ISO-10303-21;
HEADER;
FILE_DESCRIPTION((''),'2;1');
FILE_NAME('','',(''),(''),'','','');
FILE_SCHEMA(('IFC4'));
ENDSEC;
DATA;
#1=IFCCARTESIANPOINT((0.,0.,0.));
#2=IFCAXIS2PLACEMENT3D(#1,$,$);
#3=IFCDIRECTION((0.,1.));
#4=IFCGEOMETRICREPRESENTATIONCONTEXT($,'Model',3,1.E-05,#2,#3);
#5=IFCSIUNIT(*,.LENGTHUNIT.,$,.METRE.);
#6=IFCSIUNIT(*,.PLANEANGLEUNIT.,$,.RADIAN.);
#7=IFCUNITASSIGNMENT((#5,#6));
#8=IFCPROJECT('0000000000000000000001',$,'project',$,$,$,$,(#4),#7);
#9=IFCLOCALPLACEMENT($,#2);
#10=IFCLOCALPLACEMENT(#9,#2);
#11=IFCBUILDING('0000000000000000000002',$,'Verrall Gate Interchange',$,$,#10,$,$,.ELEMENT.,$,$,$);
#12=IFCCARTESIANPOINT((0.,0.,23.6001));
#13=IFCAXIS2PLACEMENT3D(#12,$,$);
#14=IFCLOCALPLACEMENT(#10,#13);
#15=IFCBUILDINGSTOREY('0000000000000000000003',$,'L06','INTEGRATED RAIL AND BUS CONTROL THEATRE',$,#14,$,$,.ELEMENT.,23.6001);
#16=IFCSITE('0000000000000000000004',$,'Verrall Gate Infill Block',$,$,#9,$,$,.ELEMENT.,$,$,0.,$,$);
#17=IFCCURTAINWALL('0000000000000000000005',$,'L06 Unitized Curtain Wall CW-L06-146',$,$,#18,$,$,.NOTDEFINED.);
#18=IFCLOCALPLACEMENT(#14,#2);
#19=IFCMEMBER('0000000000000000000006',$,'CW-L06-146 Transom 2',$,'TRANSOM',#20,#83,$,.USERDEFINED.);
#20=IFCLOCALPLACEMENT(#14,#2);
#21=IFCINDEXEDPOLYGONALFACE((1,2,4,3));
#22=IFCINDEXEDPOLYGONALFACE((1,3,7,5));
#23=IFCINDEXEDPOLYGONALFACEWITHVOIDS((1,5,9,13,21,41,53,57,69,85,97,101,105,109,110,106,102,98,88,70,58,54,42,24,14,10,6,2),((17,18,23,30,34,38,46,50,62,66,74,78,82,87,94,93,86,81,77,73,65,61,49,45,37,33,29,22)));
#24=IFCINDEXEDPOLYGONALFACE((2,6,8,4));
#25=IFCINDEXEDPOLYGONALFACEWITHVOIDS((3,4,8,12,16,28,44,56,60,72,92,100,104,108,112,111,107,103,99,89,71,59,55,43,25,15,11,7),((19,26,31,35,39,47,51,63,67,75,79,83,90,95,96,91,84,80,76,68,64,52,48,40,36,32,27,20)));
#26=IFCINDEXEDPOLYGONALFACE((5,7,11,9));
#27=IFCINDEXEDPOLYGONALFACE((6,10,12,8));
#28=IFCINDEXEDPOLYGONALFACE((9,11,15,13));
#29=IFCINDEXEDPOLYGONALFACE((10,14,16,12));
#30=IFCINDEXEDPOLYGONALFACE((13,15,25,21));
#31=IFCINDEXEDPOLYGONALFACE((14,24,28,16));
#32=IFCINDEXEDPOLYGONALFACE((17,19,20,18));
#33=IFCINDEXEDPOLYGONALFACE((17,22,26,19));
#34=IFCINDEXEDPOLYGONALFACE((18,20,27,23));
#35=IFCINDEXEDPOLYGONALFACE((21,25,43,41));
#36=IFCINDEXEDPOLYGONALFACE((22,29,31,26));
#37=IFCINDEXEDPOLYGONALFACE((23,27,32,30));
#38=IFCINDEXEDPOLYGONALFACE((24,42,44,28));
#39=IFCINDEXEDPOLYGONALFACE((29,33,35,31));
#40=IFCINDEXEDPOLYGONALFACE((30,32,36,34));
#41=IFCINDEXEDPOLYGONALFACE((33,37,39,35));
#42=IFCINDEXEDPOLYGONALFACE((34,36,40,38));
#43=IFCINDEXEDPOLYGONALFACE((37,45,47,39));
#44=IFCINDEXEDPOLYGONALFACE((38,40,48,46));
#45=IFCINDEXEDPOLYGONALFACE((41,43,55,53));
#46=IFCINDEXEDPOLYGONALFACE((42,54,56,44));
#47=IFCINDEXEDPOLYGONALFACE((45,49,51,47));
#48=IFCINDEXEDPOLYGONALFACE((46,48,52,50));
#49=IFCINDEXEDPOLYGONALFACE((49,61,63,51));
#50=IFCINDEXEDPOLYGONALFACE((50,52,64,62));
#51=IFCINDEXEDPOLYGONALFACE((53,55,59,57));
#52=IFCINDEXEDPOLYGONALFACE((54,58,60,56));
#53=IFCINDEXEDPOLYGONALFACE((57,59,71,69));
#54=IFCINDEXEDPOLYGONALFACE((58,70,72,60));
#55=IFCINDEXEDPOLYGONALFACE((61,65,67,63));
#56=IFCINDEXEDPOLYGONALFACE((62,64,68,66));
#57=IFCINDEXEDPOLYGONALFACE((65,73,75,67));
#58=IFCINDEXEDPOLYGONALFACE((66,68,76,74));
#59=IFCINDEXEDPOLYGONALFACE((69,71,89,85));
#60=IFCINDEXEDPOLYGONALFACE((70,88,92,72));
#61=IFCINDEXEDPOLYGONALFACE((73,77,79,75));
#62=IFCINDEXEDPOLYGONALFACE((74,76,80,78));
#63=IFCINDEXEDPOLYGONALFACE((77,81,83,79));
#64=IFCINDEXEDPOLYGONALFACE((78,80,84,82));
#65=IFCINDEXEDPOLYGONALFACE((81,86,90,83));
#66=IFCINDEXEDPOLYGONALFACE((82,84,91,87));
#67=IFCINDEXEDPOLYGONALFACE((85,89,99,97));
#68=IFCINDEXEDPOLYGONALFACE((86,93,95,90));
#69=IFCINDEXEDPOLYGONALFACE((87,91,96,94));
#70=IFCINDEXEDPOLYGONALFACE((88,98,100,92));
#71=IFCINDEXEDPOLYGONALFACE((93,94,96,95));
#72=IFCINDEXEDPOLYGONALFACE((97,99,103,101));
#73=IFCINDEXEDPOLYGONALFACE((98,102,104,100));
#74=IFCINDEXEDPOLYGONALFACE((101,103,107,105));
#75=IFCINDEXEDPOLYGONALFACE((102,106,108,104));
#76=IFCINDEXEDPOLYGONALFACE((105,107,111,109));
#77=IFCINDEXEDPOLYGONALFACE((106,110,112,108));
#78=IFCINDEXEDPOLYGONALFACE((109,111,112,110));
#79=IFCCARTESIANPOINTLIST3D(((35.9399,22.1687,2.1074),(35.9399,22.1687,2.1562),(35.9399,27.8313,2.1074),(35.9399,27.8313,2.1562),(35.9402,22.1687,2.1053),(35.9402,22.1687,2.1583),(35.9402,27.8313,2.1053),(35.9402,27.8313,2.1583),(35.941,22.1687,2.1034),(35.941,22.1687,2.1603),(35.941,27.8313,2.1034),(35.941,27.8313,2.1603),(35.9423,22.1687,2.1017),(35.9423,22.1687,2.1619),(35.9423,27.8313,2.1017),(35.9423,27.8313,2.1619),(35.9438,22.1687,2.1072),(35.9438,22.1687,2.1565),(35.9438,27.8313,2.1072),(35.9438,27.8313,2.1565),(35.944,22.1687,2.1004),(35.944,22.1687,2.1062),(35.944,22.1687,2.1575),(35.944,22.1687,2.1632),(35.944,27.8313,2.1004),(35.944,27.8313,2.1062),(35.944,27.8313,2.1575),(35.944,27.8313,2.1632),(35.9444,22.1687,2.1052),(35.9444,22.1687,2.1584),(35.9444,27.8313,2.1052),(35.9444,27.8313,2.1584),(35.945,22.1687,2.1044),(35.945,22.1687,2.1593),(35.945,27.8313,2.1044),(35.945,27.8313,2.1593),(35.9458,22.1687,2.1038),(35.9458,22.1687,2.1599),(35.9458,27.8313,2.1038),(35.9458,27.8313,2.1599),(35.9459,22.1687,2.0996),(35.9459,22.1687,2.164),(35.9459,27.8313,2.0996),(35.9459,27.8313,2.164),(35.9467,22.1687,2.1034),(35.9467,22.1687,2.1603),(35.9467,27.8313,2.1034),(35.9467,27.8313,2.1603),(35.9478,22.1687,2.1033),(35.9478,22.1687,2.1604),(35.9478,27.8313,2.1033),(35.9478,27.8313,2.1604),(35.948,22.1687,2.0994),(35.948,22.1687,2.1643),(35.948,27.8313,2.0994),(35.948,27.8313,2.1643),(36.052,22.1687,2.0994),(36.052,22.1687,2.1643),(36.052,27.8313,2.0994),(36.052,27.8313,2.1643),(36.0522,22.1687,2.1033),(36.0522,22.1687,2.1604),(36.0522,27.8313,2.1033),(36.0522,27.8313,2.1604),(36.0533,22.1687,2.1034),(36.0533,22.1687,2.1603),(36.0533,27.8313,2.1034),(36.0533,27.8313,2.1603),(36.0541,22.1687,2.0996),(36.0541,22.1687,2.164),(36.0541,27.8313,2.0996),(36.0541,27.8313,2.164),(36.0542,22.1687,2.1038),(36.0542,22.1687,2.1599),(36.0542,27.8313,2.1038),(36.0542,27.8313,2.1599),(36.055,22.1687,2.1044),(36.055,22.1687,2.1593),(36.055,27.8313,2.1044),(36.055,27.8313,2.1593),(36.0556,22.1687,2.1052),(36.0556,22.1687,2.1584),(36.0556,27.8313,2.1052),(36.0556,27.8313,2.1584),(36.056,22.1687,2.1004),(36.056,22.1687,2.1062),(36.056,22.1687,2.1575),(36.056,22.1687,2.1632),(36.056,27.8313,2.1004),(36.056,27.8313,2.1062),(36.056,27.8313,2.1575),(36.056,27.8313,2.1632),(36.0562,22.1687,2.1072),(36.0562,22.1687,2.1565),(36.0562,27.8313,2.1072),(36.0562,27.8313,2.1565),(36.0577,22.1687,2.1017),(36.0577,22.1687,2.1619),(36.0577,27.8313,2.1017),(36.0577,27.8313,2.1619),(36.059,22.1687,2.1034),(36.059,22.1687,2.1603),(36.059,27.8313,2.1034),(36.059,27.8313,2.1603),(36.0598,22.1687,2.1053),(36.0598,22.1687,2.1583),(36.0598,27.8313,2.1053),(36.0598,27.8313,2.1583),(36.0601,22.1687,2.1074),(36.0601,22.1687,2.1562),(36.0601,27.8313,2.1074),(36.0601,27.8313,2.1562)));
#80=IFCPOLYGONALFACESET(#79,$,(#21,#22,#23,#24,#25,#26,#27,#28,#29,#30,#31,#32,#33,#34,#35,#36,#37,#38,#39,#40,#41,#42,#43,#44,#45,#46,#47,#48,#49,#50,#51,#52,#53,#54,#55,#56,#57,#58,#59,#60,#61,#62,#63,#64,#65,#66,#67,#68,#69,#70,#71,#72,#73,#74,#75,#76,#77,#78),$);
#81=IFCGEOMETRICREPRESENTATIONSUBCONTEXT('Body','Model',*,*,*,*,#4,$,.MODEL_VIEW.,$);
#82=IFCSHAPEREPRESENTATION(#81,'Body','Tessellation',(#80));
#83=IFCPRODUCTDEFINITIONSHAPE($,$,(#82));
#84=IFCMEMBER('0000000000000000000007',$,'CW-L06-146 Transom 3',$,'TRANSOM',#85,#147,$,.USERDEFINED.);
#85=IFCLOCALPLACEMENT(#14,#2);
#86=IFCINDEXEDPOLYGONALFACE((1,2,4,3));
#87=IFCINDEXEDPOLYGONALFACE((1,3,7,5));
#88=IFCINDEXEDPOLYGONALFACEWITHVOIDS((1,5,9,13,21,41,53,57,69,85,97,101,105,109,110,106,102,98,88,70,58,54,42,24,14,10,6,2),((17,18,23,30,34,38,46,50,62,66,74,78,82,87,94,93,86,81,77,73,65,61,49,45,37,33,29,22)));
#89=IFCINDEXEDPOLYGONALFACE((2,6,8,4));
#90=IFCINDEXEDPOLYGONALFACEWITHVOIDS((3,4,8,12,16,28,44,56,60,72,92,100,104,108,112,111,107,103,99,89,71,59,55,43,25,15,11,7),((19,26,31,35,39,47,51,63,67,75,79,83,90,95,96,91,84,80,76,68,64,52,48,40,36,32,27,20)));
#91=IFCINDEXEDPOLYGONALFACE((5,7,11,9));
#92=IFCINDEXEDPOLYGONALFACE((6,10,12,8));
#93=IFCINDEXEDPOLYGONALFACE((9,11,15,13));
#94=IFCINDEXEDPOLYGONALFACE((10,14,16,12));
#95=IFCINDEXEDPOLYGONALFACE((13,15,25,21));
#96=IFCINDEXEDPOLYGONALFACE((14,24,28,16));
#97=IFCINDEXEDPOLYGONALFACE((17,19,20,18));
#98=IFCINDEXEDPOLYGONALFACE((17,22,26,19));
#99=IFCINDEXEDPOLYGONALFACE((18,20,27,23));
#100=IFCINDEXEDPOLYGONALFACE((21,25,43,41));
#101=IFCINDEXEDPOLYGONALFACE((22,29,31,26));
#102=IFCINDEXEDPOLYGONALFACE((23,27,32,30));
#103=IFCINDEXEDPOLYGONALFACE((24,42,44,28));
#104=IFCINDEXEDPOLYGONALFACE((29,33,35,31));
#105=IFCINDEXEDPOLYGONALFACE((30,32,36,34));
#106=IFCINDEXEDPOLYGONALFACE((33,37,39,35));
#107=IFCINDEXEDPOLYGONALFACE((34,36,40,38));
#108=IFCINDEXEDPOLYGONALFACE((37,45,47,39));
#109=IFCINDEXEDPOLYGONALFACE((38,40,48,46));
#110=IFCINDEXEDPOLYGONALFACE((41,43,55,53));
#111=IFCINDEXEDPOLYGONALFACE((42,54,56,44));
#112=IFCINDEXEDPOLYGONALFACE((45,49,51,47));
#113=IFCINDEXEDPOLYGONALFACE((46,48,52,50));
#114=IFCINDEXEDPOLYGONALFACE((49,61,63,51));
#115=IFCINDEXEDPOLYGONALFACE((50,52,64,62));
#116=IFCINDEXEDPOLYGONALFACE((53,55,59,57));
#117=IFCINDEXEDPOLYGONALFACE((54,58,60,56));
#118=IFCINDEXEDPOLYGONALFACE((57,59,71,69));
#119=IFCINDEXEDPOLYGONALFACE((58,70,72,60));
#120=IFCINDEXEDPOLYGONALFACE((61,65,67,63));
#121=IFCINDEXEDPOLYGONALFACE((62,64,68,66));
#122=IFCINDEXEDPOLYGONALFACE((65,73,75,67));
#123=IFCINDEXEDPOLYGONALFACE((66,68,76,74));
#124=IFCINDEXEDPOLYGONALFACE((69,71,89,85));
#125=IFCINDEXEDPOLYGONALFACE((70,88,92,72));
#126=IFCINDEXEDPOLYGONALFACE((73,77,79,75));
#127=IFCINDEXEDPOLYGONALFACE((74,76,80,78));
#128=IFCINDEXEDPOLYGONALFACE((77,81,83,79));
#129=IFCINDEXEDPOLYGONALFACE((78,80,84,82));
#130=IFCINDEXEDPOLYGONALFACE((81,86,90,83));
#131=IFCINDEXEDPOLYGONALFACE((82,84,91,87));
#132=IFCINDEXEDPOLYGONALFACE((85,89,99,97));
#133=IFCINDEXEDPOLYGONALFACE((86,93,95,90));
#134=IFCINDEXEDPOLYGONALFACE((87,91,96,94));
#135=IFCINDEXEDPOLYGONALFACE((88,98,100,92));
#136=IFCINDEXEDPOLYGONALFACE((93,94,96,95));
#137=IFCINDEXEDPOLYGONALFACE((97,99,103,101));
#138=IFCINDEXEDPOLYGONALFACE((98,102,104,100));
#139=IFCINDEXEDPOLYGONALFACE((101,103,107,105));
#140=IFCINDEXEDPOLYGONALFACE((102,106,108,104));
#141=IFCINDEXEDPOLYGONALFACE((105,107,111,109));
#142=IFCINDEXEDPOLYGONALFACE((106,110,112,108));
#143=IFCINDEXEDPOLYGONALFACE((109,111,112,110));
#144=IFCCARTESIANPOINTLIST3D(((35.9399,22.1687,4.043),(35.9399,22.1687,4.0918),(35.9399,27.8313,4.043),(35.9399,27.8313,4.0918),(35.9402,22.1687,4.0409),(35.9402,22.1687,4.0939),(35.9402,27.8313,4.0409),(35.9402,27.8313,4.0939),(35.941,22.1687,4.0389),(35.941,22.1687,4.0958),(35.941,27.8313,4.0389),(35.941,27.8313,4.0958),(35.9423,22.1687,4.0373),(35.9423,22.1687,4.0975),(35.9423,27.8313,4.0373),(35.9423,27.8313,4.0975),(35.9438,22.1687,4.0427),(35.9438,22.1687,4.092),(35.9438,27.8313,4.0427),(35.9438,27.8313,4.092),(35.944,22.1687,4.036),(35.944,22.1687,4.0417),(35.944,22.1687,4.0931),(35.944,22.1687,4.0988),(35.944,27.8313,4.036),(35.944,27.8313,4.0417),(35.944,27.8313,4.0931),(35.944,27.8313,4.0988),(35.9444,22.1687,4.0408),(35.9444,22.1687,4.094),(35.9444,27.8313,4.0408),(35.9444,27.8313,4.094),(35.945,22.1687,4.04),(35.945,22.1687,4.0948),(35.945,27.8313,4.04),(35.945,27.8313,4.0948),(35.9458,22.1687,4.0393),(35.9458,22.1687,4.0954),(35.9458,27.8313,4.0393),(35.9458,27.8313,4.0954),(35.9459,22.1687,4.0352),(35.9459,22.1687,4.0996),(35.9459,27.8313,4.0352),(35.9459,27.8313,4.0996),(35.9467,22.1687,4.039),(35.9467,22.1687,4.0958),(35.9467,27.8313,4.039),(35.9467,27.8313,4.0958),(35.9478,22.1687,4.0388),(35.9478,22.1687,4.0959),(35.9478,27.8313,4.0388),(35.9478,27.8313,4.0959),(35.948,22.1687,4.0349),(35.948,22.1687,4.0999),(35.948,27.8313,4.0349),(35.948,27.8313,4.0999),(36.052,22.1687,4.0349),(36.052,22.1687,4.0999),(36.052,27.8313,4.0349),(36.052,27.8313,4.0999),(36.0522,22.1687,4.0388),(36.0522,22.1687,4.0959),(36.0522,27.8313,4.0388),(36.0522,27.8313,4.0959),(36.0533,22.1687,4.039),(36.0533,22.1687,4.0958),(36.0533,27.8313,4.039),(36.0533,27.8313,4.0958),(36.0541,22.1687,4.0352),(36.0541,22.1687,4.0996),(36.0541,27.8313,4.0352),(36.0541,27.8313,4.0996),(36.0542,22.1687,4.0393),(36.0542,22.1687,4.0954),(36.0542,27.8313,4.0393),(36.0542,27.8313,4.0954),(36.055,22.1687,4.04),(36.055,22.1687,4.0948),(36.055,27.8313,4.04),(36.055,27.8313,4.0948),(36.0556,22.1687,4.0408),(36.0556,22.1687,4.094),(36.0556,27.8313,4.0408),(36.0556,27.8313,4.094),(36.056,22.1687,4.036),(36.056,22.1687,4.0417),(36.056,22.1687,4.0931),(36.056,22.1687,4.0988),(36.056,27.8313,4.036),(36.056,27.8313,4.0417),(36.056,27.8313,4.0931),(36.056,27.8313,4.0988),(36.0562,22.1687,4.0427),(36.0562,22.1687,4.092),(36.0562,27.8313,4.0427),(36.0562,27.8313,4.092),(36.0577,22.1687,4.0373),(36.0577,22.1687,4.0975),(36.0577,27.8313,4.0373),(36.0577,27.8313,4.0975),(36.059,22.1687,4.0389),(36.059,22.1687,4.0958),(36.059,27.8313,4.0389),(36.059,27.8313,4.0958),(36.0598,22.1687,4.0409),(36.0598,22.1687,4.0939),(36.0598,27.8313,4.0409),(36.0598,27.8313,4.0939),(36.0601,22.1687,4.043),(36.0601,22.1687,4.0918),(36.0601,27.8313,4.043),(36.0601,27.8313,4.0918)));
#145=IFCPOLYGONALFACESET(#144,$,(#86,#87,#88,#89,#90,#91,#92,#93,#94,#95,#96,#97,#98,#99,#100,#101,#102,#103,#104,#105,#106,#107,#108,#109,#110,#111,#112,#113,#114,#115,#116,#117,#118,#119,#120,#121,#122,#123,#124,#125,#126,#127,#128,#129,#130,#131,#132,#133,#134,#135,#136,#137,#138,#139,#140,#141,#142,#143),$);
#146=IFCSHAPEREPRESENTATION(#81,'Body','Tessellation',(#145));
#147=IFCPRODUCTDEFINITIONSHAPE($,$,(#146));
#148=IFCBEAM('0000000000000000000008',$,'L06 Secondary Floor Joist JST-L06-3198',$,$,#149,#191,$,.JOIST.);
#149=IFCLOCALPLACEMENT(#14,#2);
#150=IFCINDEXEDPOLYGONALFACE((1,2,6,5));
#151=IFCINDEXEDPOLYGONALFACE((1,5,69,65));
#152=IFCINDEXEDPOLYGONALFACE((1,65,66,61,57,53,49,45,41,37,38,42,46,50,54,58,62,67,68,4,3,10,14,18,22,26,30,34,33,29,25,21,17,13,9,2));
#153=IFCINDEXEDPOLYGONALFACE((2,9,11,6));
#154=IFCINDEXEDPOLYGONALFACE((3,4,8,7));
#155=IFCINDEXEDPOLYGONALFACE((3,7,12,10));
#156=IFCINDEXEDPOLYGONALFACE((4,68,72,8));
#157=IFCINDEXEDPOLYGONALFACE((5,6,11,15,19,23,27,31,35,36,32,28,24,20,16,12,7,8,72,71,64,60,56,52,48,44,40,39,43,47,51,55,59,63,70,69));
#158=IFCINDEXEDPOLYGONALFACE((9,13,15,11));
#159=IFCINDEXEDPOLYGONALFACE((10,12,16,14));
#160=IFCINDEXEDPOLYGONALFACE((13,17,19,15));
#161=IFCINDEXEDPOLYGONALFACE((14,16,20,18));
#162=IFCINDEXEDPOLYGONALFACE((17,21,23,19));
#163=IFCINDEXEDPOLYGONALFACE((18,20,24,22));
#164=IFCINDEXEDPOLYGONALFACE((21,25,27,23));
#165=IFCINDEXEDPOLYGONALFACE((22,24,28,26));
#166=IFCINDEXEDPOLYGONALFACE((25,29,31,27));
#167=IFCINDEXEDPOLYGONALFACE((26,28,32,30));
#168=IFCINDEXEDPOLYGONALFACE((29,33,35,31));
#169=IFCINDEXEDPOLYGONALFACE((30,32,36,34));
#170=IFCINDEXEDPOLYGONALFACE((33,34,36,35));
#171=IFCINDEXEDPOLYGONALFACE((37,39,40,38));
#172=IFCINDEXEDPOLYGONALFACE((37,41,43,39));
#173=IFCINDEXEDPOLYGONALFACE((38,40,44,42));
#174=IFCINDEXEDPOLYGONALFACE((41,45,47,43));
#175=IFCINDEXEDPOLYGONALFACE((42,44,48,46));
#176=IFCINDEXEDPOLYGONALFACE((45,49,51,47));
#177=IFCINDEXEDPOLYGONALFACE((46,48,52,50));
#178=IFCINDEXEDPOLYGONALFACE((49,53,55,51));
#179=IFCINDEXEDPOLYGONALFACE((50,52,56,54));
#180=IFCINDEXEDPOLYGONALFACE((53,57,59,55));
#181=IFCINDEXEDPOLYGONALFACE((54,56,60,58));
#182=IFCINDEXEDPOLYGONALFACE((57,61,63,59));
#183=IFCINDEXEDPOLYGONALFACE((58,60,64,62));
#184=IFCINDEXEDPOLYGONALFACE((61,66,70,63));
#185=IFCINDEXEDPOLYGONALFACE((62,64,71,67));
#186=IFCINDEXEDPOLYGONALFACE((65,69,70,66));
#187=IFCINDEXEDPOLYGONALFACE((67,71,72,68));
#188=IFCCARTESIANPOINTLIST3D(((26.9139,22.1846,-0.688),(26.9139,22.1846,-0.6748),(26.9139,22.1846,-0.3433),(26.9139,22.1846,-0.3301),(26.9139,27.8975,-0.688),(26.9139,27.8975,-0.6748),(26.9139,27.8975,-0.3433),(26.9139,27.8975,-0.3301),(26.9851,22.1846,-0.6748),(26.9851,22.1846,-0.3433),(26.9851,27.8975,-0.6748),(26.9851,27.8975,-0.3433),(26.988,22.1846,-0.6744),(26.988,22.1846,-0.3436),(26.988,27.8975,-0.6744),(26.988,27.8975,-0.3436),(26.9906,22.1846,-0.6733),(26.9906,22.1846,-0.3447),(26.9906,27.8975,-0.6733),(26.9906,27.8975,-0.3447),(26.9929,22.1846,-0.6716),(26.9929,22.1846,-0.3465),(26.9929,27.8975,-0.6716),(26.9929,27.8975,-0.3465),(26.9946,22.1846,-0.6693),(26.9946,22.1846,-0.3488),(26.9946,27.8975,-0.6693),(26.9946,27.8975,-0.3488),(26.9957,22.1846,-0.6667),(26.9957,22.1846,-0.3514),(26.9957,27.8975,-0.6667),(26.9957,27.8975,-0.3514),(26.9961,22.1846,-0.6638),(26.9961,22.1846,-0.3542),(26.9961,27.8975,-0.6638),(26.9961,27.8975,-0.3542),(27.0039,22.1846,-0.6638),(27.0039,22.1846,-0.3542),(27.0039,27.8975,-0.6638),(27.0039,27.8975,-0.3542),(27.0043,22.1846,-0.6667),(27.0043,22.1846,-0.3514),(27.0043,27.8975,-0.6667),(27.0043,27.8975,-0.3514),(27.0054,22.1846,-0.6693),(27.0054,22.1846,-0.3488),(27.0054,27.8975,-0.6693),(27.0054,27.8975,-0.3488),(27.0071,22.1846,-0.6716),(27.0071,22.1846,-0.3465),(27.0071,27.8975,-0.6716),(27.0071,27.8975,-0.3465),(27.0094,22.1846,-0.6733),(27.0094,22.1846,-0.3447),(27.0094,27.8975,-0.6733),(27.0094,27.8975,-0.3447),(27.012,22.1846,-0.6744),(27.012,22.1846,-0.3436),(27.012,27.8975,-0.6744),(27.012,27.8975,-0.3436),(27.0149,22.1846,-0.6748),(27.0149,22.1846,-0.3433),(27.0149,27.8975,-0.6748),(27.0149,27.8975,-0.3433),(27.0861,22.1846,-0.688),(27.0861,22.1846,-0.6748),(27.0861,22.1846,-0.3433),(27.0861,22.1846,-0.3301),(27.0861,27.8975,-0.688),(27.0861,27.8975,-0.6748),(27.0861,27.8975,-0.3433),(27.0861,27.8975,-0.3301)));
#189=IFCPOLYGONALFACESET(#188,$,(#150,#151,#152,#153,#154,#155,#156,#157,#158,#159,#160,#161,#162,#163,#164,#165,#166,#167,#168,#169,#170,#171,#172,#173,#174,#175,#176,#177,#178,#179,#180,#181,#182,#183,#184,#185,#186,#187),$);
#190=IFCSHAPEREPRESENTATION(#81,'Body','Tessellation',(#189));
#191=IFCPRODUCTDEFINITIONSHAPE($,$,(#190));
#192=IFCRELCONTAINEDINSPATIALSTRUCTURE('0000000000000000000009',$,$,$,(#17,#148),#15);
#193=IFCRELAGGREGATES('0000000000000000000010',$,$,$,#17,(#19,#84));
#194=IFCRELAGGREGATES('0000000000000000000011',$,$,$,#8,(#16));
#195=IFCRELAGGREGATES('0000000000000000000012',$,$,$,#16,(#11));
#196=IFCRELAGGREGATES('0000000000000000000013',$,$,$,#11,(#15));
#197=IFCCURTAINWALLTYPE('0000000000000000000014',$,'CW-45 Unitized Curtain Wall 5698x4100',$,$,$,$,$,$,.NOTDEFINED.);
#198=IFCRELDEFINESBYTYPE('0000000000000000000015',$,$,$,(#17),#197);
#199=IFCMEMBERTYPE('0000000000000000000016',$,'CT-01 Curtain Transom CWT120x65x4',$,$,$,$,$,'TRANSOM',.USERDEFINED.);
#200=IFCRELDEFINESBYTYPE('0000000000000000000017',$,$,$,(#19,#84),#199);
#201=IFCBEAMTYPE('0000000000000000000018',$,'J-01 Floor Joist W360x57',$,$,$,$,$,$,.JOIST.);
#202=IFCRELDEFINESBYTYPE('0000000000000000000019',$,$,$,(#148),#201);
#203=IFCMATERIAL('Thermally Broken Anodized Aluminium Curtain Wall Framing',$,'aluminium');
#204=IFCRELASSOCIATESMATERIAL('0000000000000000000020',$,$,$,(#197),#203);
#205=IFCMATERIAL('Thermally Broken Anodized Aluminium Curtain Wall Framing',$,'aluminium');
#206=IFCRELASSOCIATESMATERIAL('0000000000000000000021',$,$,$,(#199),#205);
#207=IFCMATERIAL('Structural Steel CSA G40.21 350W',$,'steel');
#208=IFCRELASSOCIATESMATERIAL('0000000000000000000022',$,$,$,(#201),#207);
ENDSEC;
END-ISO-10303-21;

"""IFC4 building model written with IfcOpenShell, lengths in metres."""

from ifc_helpers import new_model, si_unit, direction, frame, origin, origin_2d, place, context, subcontext, project, spatial, hollow_rectangle, i_section, extrude, material, material_profile, profile_set, type_object, element, aggregate, save


model = new_model("IFC4")

# Units and contexts
model_context = context("Model", 3, precision=1e-05, world=origin(), true_north=direction((0.0, 1.0)))
body_context = subcontext(model_context, "Body", "Model", "MODEL_VIEW")
ifc_project = project(units=[si_unit("LENGTHUNIT", "METRE"), si_unit("PLANEANGLEUNIT", "RADIAN")], contexts=[model_context])

# Site, building, storey
site_placement = place(None, origin())
site = spatial("IfcSite", under=ifc_project, at=site_placement, Name="Verrall Gate Infill Block", CompositionType="ELEMENT", RefElevation=0.0)
building_placement = place(site_placement, origin())
building = spatial("IfcBuilding", under=site, at=building_placement, Name="Verrall Gate Interchange", CompositionType="ELEMENT")
storey_placement = place(building_placement, frame((0.0, 0.0, 23.6001)))
storey = spatial("IfcBuildingStorey", under=building, at=storey_placement, Name="L06", Description="INTEGRATED RAIL AND BUS CONTROL THEATRE", CompositionType="ELEMENT", Elevation=23.6001)

# Curtain wall
ifc_material_1 = material(Name="Thermally Broken Anodized Aluminium Curtain Wall Framing", Category="aluminium")
curtain_wall_type = type_object("IfcCurtainWallType", Name="CW-45 Unitized Curtain Wall 5698x4100", PredefinedType="NOTDEFINED", material=ifc_material_1)
curtain_wall_1_placement = place(storey_placement, origin())
curtain_wall_1 = element("IfcCurtainWall", 1, at=curtain_wall_1_placement, inside=storey, type_object=curtain_wall_type, Name="L06 Unitized Curtain Wall CW-L06-146", PredefinedType="NOTDEFINED")

# Members
ifc_material_2 = material(Name="Thermally Broken Anodized Aluminium Curtain Wall Framing", Category="aluminium")
ifc_material_profile_1 = material_profile(ifc_material_2, hollow_rectangle(XDim=0.1201, YDim=0.0649, WallThickness=0.0039, InnerFilletRadius=0.0039, OuterFilletRadius=0.0081, at=origin_2d()), Name="CWT120x65x4")
ifc_profile_set_1 = profile_set([ifc_material_profile_1], Name="Thermally Broken Anodized Aluminium Curtain Wall Framing")
member_type_1 = type_object("IfcMemberType", Name="CT-01 Curtain Transom CWT120x65x4", ElementType="TRANSOM", PredefinedType="USERDEFINED", material=ifc_profile_set_1)
member_1_placement = place(storey_placement, frame((36.0, 22.1687, 2.1318), z_axis=(0.0, 1.0, 0.0), x_axis=(-1.0, 0.0, 0.0)))
member_1 = element("IfcMember", 2, at=member_1_placement, type_object=member_type_1, Name="CW-L06-146 Transom 2", ObjectType="TRANSOM", PredefinedType="USERDEFINED", context=body_context, shape_type="SweptSolid", body=[
    extrude(hollow_rectangle(XDim=0.1201, YDim=0.0649, WallThickness=0.0039, InnerFilletRadius=0.0039, OuterFilletRadius=0.0081, at=origin_2d()), origin(), (0.0, 0.0, 1.0), 5.6626),
])
member_2_placement = place(storey_placement, frame((36.0, 22.1687, 4.0674), z_axis=(0.0, 1.0, 0.0), x_axis=(-1.0, 0.0, 0.0)))
member_2 = element("IfcMember", 3, at=member_2_placement, type_object=member_type_1, Name="CW-L06-146 Transom 3", ObjectType="TRANSOM", PredefinedType="USERDEFINED", context=body_context, shape_type="SweptSolid", body=[
    extrude(hollow_rectangle(XDim=0.1201, YDim=0.0649, WallThickness=0.0039, InnerFilletRadius=0.0039, OuterFilletRadius=0.0081, at=origin_2d()), origin(), (0.0, 0.0, 1.0), 5.6626),
])

# Beam
ifc_material_3 = material(Name="Structural Steel CSA G40.21 350W", Category="steel")
ifc_material_profile_2 = material_profile(ifc_material_3, i_section(OverallWidth=0.1721, OverallDepth=0.3579, WebThickness=0.0078, FlangeThickness=0.0132, FilletRadius=0.011, at=origin_2d()), Name="W360x57")
ifc_profile_set_2 = profile_set([ifc_material_profile_2], Name="Structural Steel CSA G40.21 350W")
beam_type_1 = type_object("IfcBeamType", Name="J-01 Floor Joist W360x57", PredefinedType="JOIST", material=ifc_profile_set_2)
beam_1_placement = place(storey_placement, frame((27.0, 22.1846, -0.509), z_axis=(0.0, 1.0, 0.0), x_axis=(-1.0, 0.0, 0.0)))
element("IfcBeam", 4, at=beam_1_placement, inside=storey, type_object=beam_type_1, Name="L06 Secondary Floor Joist JST-L06-3198", PredefinedType="JOIST", context=body_context, shape_type="SweptSolid", body=[
    extrude(i_section(OverallWidth=0.1721, OverallDepth=0.3579, WebThickness=0.0078, FlangeThickness=0.0132, FilletRadius=0.011, at=origin_2d()), origin(), (0.0, 0.0, 1.0), 5.7129),
])

aggregate(curtain_wall_1, [member_1, member_2])

save(model, "model.ifc")
